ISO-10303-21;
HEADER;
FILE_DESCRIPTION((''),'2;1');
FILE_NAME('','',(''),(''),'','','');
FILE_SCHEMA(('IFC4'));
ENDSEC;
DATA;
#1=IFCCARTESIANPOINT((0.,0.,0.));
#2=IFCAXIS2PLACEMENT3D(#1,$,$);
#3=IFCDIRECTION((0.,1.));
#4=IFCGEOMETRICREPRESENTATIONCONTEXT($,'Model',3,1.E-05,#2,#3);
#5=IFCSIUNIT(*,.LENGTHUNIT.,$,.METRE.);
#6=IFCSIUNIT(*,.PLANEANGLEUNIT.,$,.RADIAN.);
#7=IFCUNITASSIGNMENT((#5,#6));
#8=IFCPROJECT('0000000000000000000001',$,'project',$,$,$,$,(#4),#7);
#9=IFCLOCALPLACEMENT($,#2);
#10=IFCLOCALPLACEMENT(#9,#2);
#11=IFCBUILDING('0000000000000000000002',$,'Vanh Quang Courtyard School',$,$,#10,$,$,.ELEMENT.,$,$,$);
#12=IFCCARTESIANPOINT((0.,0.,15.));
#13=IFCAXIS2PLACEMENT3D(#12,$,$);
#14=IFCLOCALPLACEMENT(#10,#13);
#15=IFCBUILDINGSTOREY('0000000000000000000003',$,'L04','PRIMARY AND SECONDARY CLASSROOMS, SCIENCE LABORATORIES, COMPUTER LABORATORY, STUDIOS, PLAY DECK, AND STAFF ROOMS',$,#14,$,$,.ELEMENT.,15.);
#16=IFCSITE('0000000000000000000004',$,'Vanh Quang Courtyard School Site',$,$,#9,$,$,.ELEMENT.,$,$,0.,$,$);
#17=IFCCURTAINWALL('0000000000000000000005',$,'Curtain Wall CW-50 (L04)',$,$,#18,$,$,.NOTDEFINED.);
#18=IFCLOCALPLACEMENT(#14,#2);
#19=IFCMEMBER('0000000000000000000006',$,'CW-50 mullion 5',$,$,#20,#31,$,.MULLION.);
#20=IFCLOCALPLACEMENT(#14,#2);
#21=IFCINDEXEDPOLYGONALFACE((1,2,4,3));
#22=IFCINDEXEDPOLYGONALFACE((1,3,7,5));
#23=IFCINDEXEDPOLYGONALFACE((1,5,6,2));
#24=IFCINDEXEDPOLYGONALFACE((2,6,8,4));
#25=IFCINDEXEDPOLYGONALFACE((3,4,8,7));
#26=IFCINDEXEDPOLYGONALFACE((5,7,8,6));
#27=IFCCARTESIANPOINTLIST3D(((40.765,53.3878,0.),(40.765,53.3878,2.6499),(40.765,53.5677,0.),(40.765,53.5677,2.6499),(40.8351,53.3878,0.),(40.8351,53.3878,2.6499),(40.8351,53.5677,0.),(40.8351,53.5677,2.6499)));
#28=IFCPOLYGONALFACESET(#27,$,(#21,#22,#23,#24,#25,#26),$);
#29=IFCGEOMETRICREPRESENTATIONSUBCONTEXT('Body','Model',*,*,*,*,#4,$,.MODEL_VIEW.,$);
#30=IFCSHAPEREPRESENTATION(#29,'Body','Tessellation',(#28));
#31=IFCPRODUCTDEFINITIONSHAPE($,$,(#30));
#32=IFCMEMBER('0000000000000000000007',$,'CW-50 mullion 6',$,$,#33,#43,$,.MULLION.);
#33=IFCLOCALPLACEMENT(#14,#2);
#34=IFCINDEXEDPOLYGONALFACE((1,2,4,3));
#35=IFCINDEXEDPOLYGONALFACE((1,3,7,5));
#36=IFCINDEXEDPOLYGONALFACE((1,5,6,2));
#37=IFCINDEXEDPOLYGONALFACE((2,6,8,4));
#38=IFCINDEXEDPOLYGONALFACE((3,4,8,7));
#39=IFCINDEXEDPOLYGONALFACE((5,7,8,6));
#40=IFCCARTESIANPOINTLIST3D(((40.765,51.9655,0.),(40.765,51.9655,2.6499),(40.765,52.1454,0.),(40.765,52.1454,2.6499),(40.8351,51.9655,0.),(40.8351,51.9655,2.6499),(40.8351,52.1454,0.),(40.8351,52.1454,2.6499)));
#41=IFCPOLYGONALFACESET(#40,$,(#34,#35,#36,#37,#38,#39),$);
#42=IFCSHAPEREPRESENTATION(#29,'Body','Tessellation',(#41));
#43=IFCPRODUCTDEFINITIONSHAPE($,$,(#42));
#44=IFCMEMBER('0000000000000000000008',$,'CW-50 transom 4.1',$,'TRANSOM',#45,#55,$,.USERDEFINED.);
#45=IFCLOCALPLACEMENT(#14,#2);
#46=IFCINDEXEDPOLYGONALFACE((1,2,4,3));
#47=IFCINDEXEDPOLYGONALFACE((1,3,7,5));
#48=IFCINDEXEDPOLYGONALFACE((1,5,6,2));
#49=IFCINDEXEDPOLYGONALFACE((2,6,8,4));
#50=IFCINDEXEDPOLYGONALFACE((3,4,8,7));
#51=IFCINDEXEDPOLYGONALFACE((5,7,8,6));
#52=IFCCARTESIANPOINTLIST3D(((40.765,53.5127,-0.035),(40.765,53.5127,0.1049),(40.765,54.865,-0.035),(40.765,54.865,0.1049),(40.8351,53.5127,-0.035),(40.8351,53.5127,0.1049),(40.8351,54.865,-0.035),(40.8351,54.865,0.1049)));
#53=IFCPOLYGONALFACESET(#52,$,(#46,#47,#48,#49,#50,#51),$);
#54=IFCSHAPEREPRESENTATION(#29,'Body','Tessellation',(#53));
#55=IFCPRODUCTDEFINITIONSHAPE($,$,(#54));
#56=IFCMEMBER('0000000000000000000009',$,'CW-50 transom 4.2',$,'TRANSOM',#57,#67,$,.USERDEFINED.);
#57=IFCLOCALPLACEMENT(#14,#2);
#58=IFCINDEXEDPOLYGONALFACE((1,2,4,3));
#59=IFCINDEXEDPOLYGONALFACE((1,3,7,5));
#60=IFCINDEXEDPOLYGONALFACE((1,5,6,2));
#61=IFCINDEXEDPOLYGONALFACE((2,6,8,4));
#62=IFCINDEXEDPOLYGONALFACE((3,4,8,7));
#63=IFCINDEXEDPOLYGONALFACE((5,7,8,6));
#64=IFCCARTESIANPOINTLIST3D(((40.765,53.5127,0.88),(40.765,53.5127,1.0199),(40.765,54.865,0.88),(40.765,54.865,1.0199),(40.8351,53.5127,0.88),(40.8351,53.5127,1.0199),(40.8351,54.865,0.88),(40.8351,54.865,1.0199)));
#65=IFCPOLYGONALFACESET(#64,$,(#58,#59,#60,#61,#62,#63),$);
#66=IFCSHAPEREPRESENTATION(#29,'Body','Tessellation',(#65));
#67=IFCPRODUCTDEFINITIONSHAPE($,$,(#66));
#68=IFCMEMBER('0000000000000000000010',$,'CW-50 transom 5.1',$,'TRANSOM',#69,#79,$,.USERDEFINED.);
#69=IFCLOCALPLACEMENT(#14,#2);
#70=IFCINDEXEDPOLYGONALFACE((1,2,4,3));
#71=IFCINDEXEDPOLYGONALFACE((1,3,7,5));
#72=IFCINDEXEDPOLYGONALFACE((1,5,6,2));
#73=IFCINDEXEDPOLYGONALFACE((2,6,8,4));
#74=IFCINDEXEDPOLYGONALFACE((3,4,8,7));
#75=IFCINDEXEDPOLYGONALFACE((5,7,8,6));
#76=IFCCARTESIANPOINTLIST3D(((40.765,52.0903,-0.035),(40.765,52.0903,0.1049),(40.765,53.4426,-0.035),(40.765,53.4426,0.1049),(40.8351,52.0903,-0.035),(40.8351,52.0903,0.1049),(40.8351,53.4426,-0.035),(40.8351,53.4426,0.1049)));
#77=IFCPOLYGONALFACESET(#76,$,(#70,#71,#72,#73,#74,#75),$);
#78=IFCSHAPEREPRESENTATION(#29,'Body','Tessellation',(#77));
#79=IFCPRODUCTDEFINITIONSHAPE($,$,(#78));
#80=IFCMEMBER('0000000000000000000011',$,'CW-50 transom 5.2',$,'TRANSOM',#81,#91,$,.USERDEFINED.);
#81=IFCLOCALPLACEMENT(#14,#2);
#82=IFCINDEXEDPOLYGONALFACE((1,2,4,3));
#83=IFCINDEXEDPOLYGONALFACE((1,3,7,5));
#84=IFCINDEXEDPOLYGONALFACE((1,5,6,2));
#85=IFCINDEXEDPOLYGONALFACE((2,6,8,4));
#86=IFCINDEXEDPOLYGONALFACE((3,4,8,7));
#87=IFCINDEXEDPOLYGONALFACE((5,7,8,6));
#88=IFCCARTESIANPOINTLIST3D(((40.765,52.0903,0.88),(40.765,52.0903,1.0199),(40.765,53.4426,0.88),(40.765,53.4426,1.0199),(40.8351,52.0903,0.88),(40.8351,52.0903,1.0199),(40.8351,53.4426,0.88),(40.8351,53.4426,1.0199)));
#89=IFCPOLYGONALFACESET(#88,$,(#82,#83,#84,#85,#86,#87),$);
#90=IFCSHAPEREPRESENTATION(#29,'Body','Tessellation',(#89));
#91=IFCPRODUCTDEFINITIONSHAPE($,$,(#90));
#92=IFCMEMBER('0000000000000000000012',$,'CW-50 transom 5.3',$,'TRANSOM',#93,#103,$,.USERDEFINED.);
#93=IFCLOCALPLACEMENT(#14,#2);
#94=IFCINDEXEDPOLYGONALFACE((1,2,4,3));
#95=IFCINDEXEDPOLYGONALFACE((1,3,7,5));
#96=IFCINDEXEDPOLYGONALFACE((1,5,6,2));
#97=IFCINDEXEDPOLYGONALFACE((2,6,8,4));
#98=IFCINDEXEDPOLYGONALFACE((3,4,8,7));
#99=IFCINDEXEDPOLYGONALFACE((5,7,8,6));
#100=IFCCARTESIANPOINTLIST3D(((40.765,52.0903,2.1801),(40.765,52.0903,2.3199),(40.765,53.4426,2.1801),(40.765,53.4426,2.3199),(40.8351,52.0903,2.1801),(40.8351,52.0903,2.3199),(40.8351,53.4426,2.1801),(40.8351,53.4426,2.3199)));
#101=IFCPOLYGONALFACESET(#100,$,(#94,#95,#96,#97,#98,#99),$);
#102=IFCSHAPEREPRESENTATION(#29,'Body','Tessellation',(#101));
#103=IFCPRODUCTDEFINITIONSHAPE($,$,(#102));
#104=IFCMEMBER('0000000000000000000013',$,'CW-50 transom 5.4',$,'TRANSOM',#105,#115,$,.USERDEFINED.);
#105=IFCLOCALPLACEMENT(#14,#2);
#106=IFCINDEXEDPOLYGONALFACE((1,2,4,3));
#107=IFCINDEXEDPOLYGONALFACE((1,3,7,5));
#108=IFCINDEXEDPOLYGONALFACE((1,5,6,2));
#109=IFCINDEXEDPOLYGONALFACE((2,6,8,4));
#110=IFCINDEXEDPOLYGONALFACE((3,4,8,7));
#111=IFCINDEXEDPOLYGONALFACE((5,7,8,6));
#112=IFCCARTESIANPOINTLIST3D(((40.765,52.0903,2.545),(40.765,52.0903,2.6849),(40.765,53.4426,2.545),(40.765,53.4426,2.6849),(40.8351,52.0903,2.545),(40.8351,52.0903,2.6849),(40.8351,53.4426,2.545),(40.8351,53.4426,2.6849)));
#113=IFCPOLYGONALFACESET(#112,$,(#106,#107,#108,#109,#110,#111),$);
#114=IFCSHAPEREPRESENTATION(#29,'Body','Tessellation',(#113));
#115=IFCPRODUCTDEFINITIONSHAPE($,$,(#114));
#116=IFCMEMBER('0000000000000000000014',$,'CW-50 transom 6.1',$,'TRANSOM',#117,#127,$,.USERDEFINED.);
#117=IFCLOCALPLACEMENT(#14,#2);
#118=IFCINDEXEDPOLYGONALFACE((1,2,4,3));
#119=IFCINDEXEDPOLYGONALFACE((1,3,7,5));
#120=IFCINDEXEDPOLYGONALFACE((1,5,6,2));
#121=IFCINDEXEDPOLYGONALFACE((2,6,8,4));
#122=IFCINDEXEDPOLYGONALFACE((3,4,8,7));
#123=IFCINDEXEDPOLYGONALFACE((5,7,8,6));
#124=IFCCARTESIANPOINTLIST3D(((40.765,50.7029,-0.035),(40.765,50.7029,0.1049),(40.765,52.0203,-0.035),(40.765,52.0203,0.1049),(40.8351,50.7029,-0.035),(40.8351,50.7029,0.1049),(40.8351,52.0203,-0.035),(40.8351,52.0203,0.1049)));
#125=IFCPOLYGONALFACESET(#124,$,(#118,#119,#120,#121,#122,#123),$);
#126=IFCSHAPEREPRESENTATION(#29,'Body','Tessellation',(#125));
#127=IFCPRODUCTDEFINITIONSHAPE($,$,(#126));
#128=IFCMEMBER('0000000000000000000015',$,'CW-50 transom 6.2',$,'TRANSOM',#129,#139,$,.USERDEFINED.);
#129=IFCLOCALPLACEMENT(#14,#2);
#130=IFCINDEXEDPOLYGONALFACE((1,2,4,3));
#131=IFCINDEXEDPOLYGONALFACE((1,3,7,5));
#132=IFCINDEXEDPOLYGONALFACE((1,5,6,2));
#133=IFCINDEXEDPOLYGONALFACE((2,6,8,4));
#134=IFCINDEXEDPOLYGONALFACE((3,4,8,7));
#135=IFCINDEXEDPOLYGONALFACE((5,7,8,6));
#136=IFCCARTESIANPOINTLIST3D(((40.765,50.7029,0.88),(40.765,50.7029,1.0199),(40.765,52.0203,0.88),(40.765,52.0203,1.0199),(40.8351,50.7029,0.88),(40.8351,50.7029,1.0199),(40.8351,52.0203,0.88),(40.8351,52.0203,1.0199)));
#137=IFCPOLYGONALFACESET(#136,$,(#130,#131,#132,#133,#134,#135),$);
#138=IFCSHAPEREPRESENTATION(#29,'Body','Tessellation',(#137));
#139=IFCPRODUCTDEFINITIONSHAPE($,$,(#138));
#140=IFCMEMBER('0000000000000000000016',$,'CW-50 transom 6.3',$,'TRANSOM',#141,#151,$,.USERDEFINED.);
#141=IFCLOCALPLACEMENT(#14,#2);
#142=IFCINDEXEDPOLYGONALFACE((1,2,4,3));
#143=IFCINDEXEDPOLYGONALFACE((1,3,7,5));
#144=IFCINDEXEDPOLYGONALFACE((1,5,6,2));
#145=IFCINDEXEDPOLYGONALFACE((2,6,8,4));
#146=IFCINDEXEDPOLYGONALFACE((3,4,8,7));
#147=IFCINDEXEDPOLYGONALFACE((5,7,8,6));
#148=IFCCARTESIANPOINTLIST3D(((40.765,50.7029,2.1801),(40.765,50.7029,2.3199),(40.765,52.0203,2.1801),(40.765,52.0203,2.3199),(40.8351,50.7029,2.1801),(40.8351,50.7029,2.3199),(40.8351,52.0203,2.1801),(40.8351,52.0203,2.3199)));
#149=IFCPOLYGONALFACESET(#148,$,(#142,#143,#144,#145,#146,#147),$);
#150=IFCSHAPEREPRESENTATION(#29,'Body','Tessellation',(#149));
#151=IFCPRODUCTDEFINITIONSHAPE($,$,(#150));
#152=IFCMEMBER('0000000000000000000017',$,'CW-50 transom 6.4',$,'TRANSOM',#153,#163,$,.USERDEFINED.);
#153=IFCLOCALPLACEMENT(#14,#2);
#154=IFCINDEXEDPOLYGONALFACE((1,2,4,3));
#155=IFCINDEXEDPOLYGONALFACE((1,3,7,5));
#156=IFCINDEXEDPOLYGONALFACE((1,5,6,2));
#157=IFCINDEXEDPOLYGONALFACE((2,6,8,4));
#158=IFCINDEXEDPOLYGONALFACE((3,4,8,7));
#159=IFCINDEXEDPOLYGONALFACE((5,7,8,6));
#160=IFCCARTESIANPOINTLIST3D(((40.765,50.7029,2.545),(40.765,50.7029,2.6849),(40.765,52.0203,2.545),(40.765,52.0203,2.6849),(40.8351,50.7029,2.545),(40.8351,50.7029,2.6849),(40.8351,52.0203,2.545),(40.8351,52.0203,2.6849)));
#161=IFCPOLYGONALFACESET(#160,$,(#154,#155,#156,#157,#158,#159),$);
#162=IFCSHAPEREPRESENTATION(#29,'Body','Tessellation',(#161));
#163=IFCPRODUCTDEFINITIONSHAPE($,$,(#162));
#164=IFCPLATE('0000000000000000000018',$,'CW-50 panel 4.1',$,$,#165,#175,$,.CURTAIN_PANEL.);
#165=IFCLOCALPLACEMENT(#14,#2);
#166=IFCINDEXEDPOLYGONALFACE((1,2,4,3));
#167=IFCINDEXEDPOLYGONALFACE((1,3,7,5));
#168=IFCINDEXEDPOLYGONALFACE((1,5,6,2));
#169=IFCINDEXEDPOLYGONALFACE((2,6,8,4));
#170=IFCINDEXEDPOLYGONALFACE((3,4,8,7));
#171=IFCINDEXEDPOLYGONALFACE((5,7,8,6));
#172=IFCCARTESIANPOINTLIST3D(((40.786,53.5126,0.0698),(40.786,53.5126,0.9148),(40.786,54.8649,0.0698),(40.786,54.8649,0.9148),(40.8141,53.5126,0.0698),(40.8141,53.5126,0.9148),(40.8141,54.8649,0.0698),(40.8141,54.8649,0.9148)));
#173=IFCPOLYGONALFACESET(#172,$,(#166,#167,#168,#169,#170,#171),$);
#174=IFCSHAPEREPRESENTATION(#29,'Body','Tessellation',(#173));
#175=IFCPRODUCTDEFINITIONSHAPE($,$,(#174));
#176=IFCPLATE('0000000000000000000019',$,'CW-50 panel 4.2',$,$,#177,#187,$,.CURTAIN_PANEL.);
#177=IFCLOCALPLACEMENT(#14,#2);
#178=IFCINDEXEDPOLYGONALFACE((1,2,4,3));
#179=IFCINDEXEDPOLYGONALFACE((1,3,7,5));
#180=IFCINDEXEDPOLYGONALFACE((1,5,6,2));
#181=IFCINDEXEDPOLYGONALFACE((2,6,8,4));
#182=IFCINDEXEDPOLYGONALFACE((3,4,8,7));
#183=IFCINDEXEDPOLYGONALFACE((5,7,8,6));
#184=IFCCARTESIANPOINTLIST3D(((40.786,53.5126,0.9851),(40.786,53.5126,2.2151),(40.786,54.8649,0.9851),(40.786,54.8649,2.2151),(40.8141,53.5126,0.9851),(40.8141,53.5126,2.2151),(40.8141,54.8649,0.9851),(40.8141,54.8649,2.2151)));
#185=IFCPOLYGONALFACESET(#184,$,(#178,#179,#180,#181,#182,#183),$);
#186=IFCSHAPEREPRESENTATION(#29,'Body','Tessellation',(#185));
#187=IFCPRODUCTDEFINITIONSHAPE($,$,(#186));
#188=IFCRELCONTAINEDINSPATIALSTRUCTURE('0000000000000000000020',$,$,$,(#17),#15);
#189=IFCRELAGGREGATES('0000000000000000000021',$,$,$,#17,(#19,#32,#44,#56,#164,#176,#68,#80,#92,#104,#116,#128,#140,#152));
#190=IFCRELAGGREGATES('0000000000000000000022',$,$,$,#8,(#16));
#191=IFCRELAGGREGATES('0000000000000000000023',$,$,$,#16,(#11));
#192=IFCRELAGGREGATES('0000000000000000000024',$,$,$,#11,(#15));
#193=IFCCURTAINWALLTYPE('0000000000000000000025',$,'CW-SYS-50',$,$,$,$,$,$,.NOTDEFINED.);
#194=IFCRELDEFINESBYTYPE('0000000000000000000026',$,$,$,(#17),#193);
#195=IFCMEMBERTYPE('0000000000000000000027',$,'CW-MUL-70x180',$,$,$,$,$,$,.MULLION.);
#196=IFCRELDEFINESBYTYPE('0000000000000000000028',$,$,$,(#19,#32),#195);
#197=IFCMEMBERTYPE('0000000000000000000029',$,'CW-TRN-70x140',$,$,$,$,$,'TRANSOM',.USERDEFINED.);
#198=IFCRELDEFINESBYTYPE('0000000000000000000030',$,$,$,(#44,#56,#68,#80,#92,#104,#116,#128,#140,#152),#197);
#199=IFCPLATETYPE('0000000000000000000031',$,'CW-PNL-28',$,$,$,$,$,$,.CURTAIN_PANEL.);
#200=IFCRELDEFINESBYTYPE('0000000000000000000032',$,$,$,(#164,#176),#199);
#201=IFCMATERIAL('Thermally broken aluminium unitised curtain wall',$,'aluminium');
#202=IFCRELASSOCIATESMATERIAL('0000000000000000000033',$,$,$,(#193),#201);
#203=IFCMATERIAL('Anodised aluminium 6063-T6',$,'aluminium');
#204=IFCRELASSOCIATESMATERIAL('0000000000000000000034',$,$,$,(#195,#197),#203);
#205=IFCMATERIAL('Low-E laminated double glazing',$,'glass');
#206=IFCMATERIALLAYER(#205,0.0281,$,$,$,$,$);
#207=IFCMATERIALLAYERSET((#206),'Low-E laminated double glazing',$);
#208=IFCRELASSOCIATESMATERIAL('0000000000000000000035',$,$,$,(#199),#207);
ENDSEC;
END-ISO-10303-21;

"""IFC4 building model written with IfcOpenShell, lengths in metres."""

from ifc_helpers import new_model, si_unit, direction, frame, origin, origin_2d, place, context, subcontext, project, spatial, rectangle, extrude, material, layer, layer_set, material_profile, profile_set, type_object, element, aggregate, save


model = new_model("IFC4")

# Units and contexts
model_context = context("Model", 3, precision=1e-05, world=origin(), true_north=direction((0.0, 1.0)))
body_context = subcontext(model_context, "Body", "Model", "MODEL_VIEW")
ifc_project = project(units=[si_unit("LENGTHUNIT", "METRE"), si_unit("PLANEANGLEUNIT", "RADIAN")], contexts=[model_context])

# Site, building, storey
site_placement = place(None, origin())
site = spatial("IfcSite", under=ifc_project, at=site_placement, Name="Vanh Quang Courtyard School Site", CompositionType="ELEMENT", RefElevation=0.0)
building_placement = place(site_placement, origin())
building = spatial("IfcBuilding", under=site, at=building_placement, Name="Vanh Quang Courtyard School", CompositionType="ELEMENT")
storey_placement = place(building_placement, frame((0.0, 0.0, 15.0)))
storey = spatial("IfcBuildingStorey", under=building, at=storey_placement, Name="L04", Description="PRIMARY AND SECONDARY CLASSROOMS, SCIENCE LABORATORIES, COMPUTER LABORATORY, STUDIOS, PLAY DECK, AND STAFF ROOMS", CompositionType="ELEMENT", Elevation=15.0)

# Curtain wall, members, plates
ifc_material_1 = material(Name="Thermally broken aluminium unitised curtain wall", Category="aluminium")
curtain_wall_type = type_object("IfcCurtainWallType", Name="CW-SYS-50", PredefinedType="NOTDEFINED", material=ifc_material_1)
curtain_wall_placement = place(storey_placement, origin())
curtain_wall = element("IfcCurtainWall", 1, at=curtain_wall_placement, inside=storey, type_object=curtain_wall_type, Name="Curtain Wall CW-50 (L04)", PredefinedType="NOTDEFINED")
ifc_material_2 = material(Name="Anodised aluminium 6063-T6", Category="aluminium")
ifc_material_profile_1 = material_profile(ifc_material_2, rectangle(XDim=0.0701, YDim=0.1799, at=origin_2d()), Name="ALU-MUL 70x180")
ifc_profile_set_1 = profile_set([ifc_material_profile_1], Name="Anodised aluminium 6063-T6")
member_type_1 = type_object("IfcMemberType", Name="CW-MUL-70x180", PredefinedType="MULLION", material=ifc_profile_set_1)
member_1_placement = place(storey_placement, frame((40.8, 53.4778, 0.0), z_axis=(0.0, 0.0, 1.0), x_axis=(1.0, 0.0, 0.0)))
member_1 = element("IfcMember", 2, at=member_1_placement, type_object=member_type_1, Name="CW-50 mullion 5", PredefinedType="MULLION", context=body_context, shape_type="SweptSolid", body=[
    extrude(rectangle(XDim=0.0701, YDim=0.1799, at=origin_2d()), origin(), (0.0, 0.0, 1.0), 2.6499),
])
member_2_placement = place(storey_placement, frame((40.8, 52.0554, 0.0), z_axis=(0.0, 0.0, 1.0), x_axis=(1.0, 0.0, 0.0)))
member_2 = element("IfcMember", 3, at=member_2_placement, type_object=member_type_1, Name="CW-50 mullion 6", PredefinedType="MULLION", context=body_context, shape_type="SweptSolid", body=[
    extrude(rectangle(XDim=0.0701, YDim=0.1799, at=origin_2d()), origin(), (0.0, 0.0, 1.0), 2.6499),
])
ifc_material_profile_2 = material_profile(ifc_material_2, rectangle(XDim=0.0701, YDim=0.1399, at=origin_2d()), Name="ALU-TRN 70x140")
ifc_profile_set_2 = profile_set([ifc_material_profile_2], Name="Anodised aluminium 6063-T6")
member_type_2 = type_object("IfcMemberType", Name="CW-TRN-70x140", ElementType="TRANSOM", PredefinedType="USERDEFINED", material=ifc_profile_set_2)
member_3_placement = place(storey_placement, frame((40.8, 54.865, 0.0349), z_axis=(0.0, -1.0, 0.0), x_axis=(1.0, 0.0, 0.0)))
member_3 = element("IfcMember", 4, at=member_3_placement, type_object=member_type_2, Name="CW-50 transom 4.1", ObjectType="TRANSOM", PredefinedType="USERDEFINED", context=body_context, shape_type="SweptSolid", body=[
    extrude(rectangle(XDim=0.0701, YDim=0.1399, at=origin_2d()), origin(), (0.0, 0.0, 1.0), 1.3523),
])
member_4_placement = place(storey_placement, frame((40.8, 54.865, 0.95), z_axis=(0.0, -1.0, 0.0), x_axis=(1.0, 0.0, 0.0)))
member_4 = element("IfcMember", 5, at=member_4_placement, type_object=member_type_2, Name="CW-50 transom 4.2", ObjectType="TRANSOM", PredefinedType="USERDEFINED", context=body_context, shape_type="SweptSolid", body=[
    extrude(rectangle(XDim=0.0701, YDim=0.1399, at=origin_2d()), origin(), (0.0, 0.0, 1.0), 1.3523),
])
member_5_placement = place(storey_placement, frame((40.8, 53.4426, 0.0349), z_axis=(0.0, -1.0, 0.0), x_axis=(1.0, 0.0, 0.0)))
member_5 = element("IfcMember", 6, at=member_5_placement, type_object=member_type_2, Name="CW-50 transom 5.1", ObjectType="TRANSOM", PredefinedType="USERDEFINED", context=body_context, shape_type="SweptSolid", body=[
    extrude(rectangle(XDim=0.0701, YDim=0.1399, at=origin_2d()), origin(), (0.0, 0.0, 1.0), 1.3523),
])
member_6_placement = place(storey_placement, frame((40.8, 53.4426, 0.95), z_axis=(0.0, -1.0, 0.0), x_axis=(1.0, 0.0, 0.0)))
member_6 = element("IfcMember", 7, at=member_6_placement, type_object=member_type_2, Name="CW-50 transom 5.2", ObjectType="TRANSOM", PredefinedType="USERDEFINED", context=body_context, shape_type="SweptSolid", body=[
    extrude(rectangle(XDim=0.0701, YDim=0.1399, at=origin_2d()), origin(), (0.0, 0.0, 1.0), 1.3523),
])
member_7_placement = place(storey_placement, frame((40.8, 53.4426, 2.25), z_axis=(0.0, -1.0, 0.0), x_axis=(1.0, 0.0, 0.0)))
member_7 = element("IfcMember", 8, at=member_7_placement, type_object=member_type_2, Name="CW-50 transom 5.3", ObjectType="TRANSOM", PredefinedType="USERDEFINED", context=body_context, shape_type="SweptSolid", body=[
    extrude(rectangle(XDim=0.0701, YDim=0.1399, at=origin_2d()), origin(), (0.0, 0.0, 1.0), 1.3523),
])
member_8_placement = place(storey_placement, frame((40.8, 53.4426, 2.615), z_axis=(0.0, -1.0, 0.0), x_axis=(1.0, 0.0, 0.0)))
member_8 = element("IfcMember", 9, at=member_8_placement, type_object=member_type_2, Name="CW-50 transom 5.4", ObjectType="TRANSOM", PredefinedType="USERDEFINED", context=body_context, shape_type="SweptSolid", body=[
    extrude(rectangle(XDim=0.0701, YDim=0.1399, at=origin_2d()), origin(), (0.0, 0.0, 1.0), 1.3523),
])
member_9_placement = place(storey_placement, frame((40.8, 52.0203, 0.0349), z_axis=(0.0, -1.0, 0.0), x_axis=(1.0, 0.0, 0.0)))
member_9 = element("IfcMember", 10, at=member_9_placement, type_object=member_type_2, Name="CW-50 transom 6.1", ObjectType="TRANSOM", PredefinedType="USERDEFINED", context=body_context, shape_type="SweptSolid", body=[
    extrude(rectangle(XDim=0.0701, YDim=0.1399, at=origin_2d()), origin(), (0.0, 0.0, 1.0), 1.3174),
])
member_10_placement = place(storey_placement, frame((40.8, 52.0203, 0.95), z_axis=(0.0, -1.0, 0.0), x_axis=(1.0, 0.0, 0.0)))
member_10 = element("IfcMember", 11, at=member_10_placement, type_object=member_type_2, Name="CW-50 transom 6.2", ObjectType="TRANSOM", PredefinedType="USERDEFINED", context=body_context, shape_type="SweptSolid", body=[
    extrude(rectangle(XDim=0.0701, YDim=0.1399, at=origin_2d()), origin(), (0.0, 0.0, 1.0), 1.3174),
])
member_11_placement = place(storey_placement, frame((40.8, 52.0203, 2.25), z_axis=(0.0, -1.0, 0.0), x_axis=(1.0, 0.0, 0.0)))
member_11 = element("IfcMember", 12, at=member_11_placement, type_object=member_type_2, Name="CW-50 transom 6.3", ObjectType="TRANSOM", PredefinedType="USERDEFINED", context=body_context, shape_type="SweptSolid", body=[
    extrude(rectangle(XDim=0.0701, YDim=0.1399, at=origin_2d()), origin(), (0.0, 0.0, 1.0), 1.3174),
])
member_12_placement = place(storey_placement, frame((40.8, 52.0203, 2.615), z_axis=(0.0, -1.0, 0.0), x_axis=(1.0, 0.0, 0.0)))
member_12 = element("IfcMember", 13, at=member_12_placement, type_object=member_type_2, Name="CW-50 transom 6.4", ObjectType="TRANSOM", PredefinedType="USERDEFINED", context=body_context, shape_type="SweptSolid", body=[
    extrude(rectangle(XDim=0.0701, YDim=0.1399, at=origin_2d()), origin(), (0.0, 0.0, 1.0), 1.3174),
])
ifc_material_3 = material(Name="Low-E laminated double glazing", Category="glass")
ifc_layer_1 = layer(ifc_material_3, 0.0281)
ifc_layer_set_1 = layer_set([ifc_layer_1], Name="Low-E laminated double glazing")
plate_type = type_object("IfcPlateType", Name="CW-PNL-28", PredefinedType="CURTAIN_PANEL", material=ifc_layer_set_1)
plate_1_placement = place(storey_placement, frame((40.8, 54.1887, 0.0698), z_axis=(0.0, 0.0, 1.0), x_axis=(0.0, -1.0, 0.0)))
plate_1 = element("IfcPlate", 14, at=plate_1_placement, type_object=plate_type, Name="CW-50 panel 4.1", PredefinedType="CURTAIN_PANEL", context=body_context, shape_type="SweptSolid", body=[
    extrude(rectangle(XDim=1.3523, YDim=0.0281, at=origin_2d()), origin(), (0.0, 0.0, 1.0), 0.845),
])
plate_2_placement = place(storey_placement, frame((40.8, 54.1887, 0.9851), z_axis=(0.0, 0.0, 1.0), x_axis=(0.0, -1.0, 0.0)))
plate_2 = element("IfcPlate", 15, at=plate_2_placement, type_object=plate_type, Name="CW-50 panel 4.2", PredefinedType="CURTAIN_PANEL", context=body_context, shape_type="SweptSolid", body=[
    extrude(rectangle(XDim=1.3523, YDim=0.0281, at=origin_2d()), origin(), (0.0, 0.0, 1.0), 1.23),
])
aggregate(curtain_wall, [member_1, member_2, member_3, member_4, plate_1, plate_2, member_5, member_6, member_7, member_8, member_9, member_10, member_11, member_12])

save(model, "model.ifc")
